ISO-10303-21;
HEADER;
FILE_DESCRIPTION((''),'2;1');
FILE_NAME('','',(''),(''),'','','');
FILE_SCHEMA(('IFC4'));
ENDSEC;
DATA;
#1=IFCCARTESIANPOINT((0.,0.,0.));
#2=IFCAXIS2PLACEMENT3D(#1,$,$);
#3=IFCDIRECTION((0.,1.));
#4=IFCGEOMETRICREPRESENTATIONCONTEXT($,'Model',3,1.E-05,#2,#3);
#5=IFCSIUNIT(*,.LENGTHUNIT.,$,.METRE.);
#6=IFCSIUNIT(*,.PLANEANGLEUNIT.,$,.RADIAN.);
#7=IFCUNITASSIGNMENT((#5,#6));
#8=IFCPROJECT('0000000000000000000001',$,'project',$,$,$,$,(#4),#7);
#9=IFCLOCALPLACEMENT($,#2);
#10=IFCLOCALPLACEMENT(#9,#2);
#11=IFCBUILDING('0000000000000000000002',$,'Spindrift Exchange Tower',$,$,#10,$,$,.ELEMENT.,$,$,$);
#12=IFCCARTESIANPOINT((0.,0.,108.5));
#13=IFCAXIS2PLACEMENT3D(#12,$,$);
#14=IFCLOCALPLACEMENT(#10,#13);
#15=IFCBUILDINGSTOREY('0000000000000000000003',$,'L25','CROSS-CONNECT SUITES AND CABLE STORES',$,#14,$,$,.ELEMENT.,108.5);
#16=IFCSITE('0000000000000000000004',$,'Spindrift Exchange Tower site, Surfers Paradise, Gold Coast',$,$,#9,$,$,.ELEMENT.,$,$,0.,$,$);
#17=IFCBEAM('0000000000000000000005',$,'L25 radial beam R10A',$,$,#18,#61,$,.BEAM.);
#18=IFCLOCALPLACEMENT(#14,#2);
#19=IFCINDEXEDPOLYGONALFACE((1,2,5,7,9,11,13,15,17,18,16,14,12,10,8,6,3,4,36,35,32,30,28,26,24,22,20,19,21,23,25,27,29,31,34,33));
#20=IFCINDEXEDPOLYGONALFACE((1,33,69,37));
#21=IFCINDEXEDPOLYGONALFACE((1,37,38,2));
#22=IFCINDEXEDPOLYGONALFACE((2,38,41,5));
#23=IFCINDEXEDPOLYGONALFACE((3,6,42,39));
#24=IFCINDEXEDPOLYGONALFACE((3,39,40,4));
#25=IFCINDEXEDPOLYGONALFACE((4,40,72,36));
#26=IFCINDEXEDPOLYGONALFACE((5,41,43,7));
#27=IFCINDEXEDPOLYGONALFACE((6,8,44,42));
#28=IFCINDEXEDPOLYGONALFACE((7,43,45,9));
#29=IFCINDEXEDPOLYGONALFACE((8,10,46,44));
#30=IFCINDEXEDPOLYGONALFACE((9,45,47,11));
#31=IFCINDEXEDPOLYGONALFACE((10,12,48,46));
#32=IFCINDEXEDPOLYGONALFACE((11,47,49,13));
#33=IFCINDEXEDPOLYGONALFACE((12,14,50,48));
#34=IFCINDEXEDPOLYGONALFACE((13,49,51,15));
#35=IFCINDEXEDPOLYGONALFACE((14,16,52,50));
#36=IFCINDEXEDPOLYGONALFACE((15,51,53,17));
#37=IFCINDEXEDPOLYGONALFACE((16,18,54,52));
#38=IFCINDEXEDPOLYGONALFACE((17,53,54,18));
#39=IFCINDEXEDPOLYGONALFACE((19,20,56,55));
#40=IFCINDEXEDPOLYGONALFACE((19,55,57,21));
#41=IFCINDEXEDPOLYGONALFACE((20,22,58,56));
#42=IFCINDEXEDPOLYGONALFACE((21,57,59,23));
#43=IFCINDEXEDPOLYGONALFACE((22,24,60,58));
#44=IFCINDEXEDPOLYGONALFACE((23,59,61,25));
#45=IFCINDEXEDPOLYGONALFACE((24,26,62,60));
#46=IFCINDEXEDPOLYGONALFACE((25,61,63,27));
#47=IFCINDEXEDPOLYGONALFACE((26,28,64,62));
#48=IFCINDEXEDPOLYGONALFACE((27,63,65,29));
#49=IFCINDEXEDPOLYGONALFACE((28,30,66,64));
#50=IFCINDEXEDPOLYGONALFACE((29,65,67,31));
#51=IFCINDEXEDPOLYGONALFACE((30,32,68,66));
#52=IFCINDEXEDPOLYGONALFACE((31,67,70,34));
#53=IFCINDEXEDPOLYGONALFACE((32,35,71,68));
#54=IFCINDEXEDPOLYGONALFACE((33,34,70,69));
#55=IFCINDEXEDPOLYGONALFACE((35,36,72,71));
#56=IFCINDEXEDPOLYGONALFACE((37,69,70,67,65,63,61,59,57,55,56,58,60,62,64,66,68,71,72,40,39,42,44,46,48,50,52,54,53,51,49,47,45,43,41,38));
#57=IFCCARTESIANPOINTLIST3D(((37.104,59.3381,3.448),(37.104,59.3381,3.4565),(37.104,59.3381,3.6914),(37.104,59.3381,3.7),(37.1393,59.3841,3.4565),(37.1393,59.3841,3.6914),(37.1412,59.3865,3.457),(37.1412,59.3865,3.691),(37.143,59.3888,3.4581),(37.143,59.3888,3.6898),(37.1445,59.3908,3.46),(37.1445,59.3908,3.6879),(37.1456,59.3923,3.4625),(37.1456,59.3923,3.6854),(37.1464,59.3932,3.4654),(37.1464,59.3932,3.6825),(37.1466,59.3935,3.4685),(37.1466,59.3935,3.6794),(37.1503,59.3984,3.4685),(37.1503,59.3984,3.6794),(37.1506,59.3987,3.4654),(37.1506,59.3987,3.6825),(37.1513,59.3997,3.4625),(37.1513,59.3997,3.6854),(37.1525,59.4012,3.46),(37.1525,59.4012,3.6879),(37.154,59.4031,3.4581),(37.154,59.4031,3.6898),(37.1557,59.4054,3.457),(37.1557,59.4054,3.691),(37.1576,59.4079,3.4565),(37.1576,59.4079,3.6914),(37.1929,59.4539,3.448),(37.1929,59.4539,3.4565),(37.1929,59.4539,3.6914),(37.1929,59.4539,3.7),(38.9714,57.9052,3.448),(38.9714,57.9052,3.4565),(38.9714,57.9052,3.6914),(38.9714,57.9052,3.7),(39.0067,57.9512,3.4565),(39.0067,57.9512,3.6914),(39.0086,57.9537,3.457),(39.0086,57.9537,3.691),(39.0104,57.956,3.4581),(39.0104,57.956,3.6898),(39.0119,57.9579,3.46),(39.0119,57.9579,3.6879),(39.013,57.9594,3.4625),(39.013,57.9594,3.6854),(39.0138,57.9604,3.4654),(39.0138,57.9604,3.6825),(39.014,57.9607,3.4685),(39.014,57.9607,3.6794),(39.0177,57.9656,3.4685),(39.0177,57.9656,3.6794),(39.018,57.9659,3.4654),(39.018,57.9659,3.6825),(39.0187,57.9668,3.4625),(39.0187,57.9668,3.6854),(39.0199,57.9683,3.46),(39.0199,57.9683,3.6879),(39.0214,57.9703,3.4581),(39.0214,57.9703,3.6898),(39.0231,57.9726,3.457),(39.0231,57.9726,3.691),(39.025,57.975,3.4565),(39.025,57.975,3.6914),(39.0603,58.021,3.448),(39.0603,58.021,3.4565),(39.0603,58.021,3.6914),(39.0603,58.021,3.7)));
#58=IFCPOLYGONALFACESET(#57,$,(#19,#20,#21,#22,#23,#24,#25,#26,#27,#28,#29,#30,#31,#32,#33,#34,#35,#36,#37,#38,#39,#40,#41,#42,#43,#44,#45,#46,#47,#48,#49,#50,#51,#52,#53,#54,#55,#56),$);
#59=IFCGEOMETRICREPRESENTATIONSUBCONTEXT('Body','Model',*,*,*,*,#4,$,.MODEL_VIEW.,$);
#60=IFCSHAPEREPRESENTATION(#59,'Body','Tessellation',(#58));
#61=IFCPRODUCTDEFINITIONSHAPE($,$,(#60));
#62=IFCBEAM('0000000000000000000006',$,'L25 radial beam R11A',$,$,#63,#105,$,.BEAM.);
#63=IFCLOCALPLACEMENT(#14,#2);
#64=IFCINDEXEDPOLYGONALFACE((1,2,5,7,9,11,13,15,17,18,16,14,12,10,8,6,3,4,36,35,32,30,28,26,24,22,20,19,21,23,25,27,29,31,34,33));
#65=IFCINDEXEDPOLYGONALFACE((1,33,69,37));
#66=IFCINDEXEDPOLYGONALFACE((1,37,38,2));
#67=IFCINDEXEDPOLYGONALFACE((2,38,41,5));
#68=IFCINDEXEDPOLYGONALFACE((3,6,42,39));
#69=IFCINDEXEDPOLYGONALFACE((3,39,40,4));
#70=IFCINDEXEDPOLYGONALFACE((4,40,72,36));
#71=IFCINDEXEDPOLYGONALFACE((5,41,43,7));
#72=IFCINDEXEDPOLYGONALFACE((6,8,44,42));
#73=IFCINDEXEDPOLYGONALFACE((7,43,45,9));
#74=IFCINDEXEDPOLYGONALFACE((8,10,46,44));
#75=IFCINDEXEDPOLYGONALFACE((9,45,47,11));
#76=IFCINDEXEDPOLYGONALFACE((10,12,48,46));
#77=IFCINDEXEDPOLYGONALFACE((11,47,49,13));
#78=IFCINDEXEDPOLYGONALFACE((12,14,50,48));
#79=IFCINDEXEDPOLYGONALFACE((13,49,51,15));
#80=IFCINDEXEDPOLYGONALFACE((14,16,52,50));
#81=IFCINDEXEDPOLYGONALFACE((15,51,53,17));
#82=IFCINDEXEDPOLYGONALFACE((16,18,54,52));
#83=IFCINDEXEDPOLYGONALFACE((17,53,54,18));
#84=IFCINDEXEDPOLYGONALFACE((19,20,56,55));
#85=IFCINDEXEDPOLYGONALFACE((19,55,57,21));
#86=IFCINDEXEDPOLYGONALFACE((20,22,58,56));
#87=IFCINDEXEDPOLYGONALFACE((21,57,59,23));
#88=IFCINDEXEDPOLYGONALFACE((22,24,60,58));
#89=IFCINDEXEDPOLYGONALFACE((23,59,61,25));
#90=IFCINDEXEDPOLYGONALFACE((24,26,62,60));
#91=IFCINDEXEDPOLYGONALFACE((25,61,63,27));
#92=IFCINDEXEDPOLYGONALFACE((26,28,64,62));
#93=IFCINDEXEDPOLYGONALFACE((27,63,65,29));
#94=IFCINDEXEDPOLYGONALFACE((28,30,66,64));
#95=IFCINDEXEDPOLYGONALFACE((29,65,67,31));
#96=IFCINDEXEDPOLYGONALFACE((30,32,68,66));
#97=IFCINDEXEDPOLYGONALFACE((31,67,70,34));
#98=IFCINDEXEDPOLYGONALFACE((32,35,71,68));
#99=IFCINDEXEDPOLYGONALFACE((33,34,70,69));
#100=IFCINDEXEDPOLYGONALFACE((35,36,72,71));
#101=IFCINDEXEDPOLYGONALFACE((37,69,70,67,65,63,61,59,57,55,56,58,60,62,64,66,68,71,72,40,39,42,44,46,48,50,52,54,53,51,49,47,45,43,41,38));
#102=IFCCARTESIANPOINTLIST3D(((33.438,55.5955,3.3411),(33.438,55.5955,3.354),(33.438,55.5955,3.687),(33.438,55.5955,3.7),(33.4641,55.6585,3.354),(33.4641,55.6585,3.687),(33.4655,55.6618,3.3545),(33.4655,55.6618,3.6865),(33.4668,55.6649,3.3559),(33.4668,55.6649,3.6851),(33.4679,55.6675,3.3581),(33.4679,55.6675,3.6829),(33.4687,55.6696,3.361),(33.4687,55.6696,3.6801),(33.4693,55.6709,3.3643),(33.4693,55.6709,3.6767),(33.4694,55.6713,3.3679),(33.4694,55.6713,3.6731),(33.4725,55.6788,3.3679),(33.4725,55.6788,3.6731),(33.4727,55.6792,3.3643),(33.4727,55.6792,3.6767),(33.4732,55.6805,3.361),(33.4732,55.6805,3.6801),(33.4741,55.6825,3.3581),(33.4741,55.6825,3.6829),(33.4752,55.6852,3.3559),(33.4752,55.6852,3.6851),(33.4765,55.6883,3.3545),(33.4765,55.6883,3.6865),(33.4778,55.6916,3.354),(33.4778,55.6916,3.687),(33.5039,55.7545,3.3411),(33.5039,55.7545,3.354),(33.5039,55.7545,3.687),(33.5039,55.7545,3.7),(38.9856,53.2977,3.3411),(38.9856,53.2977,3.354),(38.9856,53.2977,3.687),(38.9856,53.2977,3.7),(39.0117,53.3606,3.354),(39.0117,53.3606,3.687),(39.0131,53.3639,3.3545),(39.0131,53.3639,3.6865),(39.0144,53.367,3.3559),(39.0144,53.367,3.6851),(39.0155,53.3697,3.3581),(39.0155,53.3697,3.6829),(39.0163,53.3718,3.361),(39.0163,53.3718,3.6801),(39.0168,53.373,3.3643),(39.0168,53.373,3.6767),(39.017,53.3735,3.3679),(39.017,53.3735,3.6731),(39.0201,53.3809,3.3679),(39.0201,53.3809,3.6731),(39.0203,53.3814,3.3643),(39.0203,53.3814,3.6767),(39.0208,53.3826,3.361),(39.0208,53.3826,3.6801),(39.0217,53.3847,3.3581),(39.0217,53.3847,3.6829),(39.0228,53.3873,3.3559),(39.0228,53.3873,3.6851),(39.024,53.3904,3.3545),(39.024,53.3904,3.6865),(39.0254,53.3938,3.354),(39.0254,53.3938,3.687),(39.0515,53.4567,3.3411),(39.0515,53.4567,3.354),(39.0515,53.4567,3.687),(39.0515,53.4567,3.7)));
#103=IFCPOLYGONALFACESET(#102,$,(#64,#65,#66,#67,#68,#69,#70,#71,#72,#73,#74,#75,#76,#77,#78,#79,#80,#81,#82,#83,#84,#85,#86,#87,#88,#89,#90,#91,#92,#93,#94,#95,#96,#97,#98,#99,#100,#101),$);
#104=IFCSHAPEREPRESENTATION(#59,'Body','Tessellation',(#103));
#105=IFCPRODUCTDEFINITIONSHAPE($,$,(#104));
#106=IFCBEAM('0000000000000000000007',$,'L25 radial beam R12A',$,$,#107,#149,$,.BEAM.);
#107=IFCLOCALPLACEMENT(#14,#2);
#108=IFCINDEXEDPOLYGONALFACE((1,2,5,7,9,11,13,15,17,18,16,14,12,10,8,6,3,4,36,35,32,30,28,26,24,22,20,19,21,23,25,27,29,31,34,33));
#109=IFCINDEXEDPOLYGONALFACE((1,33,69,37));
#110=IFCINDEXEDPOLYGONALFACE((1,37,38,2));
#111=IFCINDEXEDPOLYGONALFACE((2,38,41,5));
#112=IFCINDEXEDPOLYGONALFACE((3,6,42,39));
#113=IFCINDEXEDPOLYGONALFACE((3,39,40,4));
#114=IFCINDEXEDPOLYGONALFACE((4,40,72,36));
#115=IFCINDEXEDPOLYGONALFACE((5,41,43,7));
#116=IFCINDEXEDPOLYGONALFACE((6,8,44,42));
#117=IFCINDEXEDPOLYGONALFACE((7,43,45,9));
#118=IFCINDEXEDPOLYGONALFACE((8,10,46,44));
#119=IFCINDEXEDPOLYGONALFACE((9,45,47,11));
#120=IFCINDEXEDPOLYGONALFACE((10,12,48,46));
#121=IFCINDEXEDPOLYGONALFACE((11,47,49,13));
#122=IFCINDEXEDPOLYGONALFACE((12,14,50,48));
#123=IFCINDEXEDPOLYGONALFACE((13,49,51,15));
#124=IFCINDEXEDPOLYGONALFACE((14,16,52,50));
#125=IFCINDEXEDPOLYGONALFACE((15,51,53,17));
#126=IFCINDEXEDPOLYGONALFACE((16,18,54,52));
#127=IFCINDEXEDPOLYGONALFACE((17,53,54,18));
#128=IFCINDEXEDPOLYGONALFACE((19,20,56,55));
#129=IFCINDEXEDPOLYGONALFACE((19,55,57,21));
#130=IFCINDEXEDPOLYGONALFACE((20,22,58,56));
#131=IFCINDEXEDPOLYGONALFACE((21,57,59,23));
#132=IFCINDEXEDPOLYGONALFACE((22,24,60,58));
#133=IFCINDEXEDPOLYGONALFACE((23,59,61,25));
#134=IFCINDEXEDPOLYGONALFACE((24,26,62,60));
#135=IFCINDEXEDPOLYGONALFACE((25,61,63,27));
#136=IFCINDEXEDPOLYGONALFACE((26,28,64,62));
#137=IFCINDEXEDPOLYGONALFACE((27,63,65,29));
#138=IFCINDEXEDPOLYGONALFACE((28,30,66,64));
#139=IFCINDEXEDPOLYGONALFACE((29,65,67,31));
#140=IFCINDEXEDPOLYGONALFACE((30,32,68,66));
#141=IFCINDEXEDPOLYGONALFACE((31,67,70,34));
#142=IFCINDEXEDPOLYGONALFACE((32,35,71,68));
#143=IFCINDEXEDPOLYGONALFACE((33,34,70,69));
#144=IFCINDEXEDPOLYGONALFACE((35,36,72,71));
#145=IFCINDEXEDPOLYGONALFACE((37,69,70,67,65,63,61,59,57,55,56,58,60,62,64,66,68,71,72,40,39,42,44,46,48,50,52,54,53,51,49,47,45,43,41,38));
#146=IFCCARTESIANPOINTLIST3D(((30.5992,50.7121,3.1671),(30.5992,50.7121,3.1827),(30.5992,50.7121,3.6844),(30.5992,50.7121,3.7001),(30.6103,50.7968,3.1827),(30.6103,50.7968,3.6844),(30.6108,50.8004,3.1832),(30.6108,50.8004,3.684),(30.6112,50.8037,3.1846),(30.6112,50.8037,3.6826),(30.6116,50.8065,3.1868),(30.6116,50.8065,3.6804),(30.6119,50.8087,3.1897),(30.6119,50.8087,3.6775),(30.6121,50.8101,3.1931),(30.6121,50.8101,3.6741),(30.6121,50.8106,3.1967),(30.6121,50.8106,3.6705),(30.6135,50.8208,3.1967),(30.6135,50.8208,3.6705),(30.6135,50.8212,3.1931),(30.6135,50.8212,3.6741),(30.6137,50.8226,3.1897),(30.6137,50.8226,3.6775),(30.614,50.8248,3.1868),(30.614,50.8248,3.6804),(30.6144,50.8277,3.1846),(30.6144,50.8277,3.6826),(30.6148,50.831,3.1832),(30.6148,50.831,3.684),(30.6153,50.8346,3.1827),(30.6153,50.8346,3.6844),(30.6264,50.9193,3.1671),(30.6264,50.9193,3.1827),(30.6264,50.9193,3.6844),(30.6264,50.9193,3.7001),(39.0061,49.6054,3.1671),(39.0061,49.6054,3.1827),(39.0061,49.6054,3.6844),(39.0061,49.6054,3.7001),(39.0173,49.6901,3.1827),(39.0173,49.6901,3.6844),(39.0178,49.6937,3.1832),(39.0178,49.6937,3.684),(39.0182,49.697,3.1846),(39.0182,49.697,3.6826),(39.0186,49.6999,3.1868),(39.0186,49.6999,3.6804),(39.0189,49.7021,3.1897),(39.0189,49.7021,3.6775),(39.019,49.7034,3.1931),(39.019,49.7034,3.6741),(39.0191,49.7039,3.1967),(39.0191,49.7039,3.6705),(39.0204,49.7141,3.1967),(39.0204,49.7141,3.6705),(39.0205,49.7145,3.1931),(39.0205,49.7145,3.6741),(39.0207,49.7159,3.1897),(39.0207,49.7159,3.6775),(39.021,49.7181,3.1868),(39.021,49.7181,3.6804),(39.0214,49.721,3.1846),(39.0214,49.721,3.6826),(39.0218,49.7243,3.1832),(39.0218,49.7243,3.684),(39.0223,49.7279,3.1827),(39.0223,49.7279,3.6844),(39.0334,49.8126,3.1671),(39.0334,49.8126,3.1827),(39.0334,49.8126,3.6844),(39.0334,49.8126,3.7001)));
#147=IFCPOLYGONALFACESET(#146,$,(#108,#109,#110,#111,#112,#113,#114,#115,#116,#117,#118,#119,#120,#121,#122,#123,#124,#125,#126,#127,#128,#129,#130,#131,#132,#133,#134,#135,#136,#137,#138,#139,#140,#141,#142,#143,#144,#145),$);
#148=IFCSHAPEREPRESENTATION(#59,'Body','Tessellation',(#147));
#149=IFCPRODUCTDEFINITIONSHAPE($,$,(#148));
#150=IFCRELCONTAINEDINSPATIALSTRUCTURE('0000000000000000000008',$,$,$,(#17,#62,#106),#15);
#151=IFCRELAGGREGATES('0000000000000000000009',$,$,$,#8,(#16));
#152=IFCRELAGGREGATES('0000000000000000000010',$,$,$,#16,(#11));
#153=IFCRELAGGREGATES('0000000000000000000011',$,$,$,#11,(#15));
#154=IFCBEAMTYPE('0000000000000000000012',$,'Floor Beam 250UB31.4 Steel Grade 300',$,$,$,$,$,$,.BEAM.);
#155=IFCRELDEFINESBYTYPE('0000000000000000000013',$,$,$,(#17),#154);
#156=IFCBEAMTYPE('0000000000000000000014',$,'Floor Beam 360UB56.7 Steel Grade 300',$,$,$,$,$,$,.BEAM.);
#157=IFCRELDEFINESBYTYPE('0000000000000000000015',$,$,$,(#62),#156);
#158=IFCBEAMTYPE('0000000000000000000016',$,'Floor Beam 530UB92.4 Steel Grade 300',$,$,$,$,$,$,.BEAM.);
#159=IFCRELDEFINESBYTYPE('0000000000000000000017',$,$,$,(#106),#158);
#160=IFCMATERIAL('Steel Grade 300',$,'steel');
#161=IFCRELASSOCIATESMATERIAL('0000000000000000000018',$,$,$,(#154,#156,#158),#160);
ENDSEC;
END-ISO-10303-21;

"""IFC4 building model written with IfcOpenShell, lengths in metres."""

from ifc_helpers import new_model, si_unit, direction, frame, origin, origin_2d, place, context, subcontext, project, spatial, i_section, extrude, source, transform, mapped, material, material_profile, profile_set, type_object, element, save


model = new_model("IFC4")

# Units and contexts
model_context = context("Model", 3, precision=1e-05, world=origin(), true_north=direction((0.0, 1.0)))
body_context = subcontext(model_context, "Body", "Model", "MODEL_VIEW")
ifc_project = project(units=[si_unit("LENGTHUNIT", "METRE"), si_unit("PLANEANGLEUNIT", "RADIAN")], contexts=[model_context])

# Site, building, storey
site_placement = place(None, origin())
site = spatial("IfcSite", under=ifc_project, at=site_placement, Name="Spindrift Exchange Tower site, Surfers Paradise, Gold Coast", CompositionType="ELEMENT", RefElevation=0.0)
building_placement = place(site_placement, origin())
building = spatial("IfcBuilding", under=site, at=building_placement, Name="Spindrift Exchange Tower", CompositionType="ELEMENT")
storey_placement = place(building_placement, frame((0.0, 0.0, 108.5)))
storey = spatial("IfcBuildingStorey", under=building, at=storey_placement, Name="L25", Description="CROSS-CONNECT SUITES AND CABLE STORES", CompositionType="ELEMENT", Elevation=108.5)

# Beams
ifc_material_1 = material(Name="Steel Grade 300", Category="steel")
ifc_material_profile_1 = material_profile(ifc_material_1, i_section(OverallWidth=0.146, OverallDepth=0.252, WebThickness=0.0061, FlangeThickness=0.0085, FilletRadius=0.012, at=origin_2d()), Name="250UB31.4")
ifc_profile_set_1 = profile_set([ifc_material_profile_1], Name="Steel Grade 300")
beam_type_1 = type_object("IfcBeamType", Name="Floor Beam 250UB31.4 Steel Grade 300", PredefinedType="BEAM", material=ifc_profile_set_1)
shared_shape_1 = source(origin(), body_context, "Body", "SweptSolid", [
    extrude(i_section(OverallWidth=0.146, OverallDepth=0.252, WebThickness=0.0061, FlangeThickness=0.0085, FilletRadius=0.012, at=origin_2d()), origin(), (0.0, 0.0, 1.0), 2.3538),
])
beam_1_placement = place(storey_placement, frame((39.0159, 57.9631, 3.574), z_axis=(-0.793368, 0.608743, 0.0), x_axis=(-0.608743, -0.793368, 0.0)))
element("IfcBeam", 1, at=beam_1_placement, inside=storey, type_object=beam_type_1, Name="L25 radial beam R10A", PredefinedType="BEAM", context=body_context, shape_type="MappedRepresentation", body=[
    mapped(shared_shape_1, transform((0.0, 0.0, 0.0), scale=1.0)),
])
ifc_material_profile_2 = material_profile(ifc_material_1, i_section(OverallWidth=0.1721, OverallDepth=0.3589, WebThickness=0.0081, FlangeThickness=0.0129, FilletRadius=0.0139, at=origin_2d()), Name="360UB56.7")
ifc_profile_set_2 = profile_set([ifc_material_profile_2], Name="Steel Grade 300")
beam_type_2 = type_object("IfcBeamType", Name="Floor Beam 360UB56.7 Steel Grade 300", PredefinedType="BEAM", material=ifc_profile_set_2)
shared_shape_2 = source(origin(), body_context, "Body", "SweptSolid", [
    extrude(i_section(OverallWidth=0.1721, OverallDepth=0.3589, WebThickness=0.0081, FlangeThickness=0.0129, FilletRadius=0.0139, at=origin_2d()), origin(), (0.0, 0.0, 1.0), 6.0046),
])
beam_2_placement = place(storey_placement, frame((39.0186, 53.3772, 3.5205), z_axis=(-0.923882, 0.382677, 0.0), x_axis=(-0.382677, -0.923882, 0.0)))
element("IfcBeam", 2, at=beam_2_placement, inside=storey, type_object=beam_type_2, Name="L25 radial beam R11A", PredefinedType="BEAM", context=body_context, shape_type="MappedRepresentation", body=[
    mapped(shared_shape_2, transform((0.0, 0.0, 0.0), scale=1.0)),
])
ifc_material_profile_3 = material_profile(ifc_material_1, i_section(OverallWidth=0.209, OverallDepth=0.533, WebThickness=0.0103, FlangeThickness=0.0156, FilletRadius=0.0139, at=origin_2d()), Name="530UB92.4")
ifc_profile_set_3 = profile_set([ifc_material_profile_3], Name="Steel Grade 300")
beam_type_3 = type_object("IfcBeamType", Name="Floor Beam 530UB92.4 Steel Grade 300", PredefinedType="BEAM", material=ifc_profile_set_3)
shared_shape_3 = source(origin(), body_context, "Body", "SweptSolid", [
    extrude(i_section(OverallWidth=0.209, OverallDepth=0.533, WebThickness=0.0103, FlangeThickness=0.0156, FilletRadius=0.0139, at=origin_2d()), origin(), (0.0, 0.0, 1.0), 8.4795),
])
beam_3_placement = place(storey_placement, frame((39.0198, 49.709, 3.4336), z_axis=(-0.991447, 0.130513, 0.0), x_axis=(-0.130513, -0.991447, 0.0)))
element("IfcBeam", 3, at=beam_3_placement, inside=storey, type_object=beam_type_3, Name="L25 radial beam R12A", PredefinedType="BEAM", context=body_context, shape_type="MappedRepresentation", body=[
    mapped(shared_shape_3, transform((0.0, 0.0, 0.0), scale=1.0)),
])

save(model, "model.ifc")
